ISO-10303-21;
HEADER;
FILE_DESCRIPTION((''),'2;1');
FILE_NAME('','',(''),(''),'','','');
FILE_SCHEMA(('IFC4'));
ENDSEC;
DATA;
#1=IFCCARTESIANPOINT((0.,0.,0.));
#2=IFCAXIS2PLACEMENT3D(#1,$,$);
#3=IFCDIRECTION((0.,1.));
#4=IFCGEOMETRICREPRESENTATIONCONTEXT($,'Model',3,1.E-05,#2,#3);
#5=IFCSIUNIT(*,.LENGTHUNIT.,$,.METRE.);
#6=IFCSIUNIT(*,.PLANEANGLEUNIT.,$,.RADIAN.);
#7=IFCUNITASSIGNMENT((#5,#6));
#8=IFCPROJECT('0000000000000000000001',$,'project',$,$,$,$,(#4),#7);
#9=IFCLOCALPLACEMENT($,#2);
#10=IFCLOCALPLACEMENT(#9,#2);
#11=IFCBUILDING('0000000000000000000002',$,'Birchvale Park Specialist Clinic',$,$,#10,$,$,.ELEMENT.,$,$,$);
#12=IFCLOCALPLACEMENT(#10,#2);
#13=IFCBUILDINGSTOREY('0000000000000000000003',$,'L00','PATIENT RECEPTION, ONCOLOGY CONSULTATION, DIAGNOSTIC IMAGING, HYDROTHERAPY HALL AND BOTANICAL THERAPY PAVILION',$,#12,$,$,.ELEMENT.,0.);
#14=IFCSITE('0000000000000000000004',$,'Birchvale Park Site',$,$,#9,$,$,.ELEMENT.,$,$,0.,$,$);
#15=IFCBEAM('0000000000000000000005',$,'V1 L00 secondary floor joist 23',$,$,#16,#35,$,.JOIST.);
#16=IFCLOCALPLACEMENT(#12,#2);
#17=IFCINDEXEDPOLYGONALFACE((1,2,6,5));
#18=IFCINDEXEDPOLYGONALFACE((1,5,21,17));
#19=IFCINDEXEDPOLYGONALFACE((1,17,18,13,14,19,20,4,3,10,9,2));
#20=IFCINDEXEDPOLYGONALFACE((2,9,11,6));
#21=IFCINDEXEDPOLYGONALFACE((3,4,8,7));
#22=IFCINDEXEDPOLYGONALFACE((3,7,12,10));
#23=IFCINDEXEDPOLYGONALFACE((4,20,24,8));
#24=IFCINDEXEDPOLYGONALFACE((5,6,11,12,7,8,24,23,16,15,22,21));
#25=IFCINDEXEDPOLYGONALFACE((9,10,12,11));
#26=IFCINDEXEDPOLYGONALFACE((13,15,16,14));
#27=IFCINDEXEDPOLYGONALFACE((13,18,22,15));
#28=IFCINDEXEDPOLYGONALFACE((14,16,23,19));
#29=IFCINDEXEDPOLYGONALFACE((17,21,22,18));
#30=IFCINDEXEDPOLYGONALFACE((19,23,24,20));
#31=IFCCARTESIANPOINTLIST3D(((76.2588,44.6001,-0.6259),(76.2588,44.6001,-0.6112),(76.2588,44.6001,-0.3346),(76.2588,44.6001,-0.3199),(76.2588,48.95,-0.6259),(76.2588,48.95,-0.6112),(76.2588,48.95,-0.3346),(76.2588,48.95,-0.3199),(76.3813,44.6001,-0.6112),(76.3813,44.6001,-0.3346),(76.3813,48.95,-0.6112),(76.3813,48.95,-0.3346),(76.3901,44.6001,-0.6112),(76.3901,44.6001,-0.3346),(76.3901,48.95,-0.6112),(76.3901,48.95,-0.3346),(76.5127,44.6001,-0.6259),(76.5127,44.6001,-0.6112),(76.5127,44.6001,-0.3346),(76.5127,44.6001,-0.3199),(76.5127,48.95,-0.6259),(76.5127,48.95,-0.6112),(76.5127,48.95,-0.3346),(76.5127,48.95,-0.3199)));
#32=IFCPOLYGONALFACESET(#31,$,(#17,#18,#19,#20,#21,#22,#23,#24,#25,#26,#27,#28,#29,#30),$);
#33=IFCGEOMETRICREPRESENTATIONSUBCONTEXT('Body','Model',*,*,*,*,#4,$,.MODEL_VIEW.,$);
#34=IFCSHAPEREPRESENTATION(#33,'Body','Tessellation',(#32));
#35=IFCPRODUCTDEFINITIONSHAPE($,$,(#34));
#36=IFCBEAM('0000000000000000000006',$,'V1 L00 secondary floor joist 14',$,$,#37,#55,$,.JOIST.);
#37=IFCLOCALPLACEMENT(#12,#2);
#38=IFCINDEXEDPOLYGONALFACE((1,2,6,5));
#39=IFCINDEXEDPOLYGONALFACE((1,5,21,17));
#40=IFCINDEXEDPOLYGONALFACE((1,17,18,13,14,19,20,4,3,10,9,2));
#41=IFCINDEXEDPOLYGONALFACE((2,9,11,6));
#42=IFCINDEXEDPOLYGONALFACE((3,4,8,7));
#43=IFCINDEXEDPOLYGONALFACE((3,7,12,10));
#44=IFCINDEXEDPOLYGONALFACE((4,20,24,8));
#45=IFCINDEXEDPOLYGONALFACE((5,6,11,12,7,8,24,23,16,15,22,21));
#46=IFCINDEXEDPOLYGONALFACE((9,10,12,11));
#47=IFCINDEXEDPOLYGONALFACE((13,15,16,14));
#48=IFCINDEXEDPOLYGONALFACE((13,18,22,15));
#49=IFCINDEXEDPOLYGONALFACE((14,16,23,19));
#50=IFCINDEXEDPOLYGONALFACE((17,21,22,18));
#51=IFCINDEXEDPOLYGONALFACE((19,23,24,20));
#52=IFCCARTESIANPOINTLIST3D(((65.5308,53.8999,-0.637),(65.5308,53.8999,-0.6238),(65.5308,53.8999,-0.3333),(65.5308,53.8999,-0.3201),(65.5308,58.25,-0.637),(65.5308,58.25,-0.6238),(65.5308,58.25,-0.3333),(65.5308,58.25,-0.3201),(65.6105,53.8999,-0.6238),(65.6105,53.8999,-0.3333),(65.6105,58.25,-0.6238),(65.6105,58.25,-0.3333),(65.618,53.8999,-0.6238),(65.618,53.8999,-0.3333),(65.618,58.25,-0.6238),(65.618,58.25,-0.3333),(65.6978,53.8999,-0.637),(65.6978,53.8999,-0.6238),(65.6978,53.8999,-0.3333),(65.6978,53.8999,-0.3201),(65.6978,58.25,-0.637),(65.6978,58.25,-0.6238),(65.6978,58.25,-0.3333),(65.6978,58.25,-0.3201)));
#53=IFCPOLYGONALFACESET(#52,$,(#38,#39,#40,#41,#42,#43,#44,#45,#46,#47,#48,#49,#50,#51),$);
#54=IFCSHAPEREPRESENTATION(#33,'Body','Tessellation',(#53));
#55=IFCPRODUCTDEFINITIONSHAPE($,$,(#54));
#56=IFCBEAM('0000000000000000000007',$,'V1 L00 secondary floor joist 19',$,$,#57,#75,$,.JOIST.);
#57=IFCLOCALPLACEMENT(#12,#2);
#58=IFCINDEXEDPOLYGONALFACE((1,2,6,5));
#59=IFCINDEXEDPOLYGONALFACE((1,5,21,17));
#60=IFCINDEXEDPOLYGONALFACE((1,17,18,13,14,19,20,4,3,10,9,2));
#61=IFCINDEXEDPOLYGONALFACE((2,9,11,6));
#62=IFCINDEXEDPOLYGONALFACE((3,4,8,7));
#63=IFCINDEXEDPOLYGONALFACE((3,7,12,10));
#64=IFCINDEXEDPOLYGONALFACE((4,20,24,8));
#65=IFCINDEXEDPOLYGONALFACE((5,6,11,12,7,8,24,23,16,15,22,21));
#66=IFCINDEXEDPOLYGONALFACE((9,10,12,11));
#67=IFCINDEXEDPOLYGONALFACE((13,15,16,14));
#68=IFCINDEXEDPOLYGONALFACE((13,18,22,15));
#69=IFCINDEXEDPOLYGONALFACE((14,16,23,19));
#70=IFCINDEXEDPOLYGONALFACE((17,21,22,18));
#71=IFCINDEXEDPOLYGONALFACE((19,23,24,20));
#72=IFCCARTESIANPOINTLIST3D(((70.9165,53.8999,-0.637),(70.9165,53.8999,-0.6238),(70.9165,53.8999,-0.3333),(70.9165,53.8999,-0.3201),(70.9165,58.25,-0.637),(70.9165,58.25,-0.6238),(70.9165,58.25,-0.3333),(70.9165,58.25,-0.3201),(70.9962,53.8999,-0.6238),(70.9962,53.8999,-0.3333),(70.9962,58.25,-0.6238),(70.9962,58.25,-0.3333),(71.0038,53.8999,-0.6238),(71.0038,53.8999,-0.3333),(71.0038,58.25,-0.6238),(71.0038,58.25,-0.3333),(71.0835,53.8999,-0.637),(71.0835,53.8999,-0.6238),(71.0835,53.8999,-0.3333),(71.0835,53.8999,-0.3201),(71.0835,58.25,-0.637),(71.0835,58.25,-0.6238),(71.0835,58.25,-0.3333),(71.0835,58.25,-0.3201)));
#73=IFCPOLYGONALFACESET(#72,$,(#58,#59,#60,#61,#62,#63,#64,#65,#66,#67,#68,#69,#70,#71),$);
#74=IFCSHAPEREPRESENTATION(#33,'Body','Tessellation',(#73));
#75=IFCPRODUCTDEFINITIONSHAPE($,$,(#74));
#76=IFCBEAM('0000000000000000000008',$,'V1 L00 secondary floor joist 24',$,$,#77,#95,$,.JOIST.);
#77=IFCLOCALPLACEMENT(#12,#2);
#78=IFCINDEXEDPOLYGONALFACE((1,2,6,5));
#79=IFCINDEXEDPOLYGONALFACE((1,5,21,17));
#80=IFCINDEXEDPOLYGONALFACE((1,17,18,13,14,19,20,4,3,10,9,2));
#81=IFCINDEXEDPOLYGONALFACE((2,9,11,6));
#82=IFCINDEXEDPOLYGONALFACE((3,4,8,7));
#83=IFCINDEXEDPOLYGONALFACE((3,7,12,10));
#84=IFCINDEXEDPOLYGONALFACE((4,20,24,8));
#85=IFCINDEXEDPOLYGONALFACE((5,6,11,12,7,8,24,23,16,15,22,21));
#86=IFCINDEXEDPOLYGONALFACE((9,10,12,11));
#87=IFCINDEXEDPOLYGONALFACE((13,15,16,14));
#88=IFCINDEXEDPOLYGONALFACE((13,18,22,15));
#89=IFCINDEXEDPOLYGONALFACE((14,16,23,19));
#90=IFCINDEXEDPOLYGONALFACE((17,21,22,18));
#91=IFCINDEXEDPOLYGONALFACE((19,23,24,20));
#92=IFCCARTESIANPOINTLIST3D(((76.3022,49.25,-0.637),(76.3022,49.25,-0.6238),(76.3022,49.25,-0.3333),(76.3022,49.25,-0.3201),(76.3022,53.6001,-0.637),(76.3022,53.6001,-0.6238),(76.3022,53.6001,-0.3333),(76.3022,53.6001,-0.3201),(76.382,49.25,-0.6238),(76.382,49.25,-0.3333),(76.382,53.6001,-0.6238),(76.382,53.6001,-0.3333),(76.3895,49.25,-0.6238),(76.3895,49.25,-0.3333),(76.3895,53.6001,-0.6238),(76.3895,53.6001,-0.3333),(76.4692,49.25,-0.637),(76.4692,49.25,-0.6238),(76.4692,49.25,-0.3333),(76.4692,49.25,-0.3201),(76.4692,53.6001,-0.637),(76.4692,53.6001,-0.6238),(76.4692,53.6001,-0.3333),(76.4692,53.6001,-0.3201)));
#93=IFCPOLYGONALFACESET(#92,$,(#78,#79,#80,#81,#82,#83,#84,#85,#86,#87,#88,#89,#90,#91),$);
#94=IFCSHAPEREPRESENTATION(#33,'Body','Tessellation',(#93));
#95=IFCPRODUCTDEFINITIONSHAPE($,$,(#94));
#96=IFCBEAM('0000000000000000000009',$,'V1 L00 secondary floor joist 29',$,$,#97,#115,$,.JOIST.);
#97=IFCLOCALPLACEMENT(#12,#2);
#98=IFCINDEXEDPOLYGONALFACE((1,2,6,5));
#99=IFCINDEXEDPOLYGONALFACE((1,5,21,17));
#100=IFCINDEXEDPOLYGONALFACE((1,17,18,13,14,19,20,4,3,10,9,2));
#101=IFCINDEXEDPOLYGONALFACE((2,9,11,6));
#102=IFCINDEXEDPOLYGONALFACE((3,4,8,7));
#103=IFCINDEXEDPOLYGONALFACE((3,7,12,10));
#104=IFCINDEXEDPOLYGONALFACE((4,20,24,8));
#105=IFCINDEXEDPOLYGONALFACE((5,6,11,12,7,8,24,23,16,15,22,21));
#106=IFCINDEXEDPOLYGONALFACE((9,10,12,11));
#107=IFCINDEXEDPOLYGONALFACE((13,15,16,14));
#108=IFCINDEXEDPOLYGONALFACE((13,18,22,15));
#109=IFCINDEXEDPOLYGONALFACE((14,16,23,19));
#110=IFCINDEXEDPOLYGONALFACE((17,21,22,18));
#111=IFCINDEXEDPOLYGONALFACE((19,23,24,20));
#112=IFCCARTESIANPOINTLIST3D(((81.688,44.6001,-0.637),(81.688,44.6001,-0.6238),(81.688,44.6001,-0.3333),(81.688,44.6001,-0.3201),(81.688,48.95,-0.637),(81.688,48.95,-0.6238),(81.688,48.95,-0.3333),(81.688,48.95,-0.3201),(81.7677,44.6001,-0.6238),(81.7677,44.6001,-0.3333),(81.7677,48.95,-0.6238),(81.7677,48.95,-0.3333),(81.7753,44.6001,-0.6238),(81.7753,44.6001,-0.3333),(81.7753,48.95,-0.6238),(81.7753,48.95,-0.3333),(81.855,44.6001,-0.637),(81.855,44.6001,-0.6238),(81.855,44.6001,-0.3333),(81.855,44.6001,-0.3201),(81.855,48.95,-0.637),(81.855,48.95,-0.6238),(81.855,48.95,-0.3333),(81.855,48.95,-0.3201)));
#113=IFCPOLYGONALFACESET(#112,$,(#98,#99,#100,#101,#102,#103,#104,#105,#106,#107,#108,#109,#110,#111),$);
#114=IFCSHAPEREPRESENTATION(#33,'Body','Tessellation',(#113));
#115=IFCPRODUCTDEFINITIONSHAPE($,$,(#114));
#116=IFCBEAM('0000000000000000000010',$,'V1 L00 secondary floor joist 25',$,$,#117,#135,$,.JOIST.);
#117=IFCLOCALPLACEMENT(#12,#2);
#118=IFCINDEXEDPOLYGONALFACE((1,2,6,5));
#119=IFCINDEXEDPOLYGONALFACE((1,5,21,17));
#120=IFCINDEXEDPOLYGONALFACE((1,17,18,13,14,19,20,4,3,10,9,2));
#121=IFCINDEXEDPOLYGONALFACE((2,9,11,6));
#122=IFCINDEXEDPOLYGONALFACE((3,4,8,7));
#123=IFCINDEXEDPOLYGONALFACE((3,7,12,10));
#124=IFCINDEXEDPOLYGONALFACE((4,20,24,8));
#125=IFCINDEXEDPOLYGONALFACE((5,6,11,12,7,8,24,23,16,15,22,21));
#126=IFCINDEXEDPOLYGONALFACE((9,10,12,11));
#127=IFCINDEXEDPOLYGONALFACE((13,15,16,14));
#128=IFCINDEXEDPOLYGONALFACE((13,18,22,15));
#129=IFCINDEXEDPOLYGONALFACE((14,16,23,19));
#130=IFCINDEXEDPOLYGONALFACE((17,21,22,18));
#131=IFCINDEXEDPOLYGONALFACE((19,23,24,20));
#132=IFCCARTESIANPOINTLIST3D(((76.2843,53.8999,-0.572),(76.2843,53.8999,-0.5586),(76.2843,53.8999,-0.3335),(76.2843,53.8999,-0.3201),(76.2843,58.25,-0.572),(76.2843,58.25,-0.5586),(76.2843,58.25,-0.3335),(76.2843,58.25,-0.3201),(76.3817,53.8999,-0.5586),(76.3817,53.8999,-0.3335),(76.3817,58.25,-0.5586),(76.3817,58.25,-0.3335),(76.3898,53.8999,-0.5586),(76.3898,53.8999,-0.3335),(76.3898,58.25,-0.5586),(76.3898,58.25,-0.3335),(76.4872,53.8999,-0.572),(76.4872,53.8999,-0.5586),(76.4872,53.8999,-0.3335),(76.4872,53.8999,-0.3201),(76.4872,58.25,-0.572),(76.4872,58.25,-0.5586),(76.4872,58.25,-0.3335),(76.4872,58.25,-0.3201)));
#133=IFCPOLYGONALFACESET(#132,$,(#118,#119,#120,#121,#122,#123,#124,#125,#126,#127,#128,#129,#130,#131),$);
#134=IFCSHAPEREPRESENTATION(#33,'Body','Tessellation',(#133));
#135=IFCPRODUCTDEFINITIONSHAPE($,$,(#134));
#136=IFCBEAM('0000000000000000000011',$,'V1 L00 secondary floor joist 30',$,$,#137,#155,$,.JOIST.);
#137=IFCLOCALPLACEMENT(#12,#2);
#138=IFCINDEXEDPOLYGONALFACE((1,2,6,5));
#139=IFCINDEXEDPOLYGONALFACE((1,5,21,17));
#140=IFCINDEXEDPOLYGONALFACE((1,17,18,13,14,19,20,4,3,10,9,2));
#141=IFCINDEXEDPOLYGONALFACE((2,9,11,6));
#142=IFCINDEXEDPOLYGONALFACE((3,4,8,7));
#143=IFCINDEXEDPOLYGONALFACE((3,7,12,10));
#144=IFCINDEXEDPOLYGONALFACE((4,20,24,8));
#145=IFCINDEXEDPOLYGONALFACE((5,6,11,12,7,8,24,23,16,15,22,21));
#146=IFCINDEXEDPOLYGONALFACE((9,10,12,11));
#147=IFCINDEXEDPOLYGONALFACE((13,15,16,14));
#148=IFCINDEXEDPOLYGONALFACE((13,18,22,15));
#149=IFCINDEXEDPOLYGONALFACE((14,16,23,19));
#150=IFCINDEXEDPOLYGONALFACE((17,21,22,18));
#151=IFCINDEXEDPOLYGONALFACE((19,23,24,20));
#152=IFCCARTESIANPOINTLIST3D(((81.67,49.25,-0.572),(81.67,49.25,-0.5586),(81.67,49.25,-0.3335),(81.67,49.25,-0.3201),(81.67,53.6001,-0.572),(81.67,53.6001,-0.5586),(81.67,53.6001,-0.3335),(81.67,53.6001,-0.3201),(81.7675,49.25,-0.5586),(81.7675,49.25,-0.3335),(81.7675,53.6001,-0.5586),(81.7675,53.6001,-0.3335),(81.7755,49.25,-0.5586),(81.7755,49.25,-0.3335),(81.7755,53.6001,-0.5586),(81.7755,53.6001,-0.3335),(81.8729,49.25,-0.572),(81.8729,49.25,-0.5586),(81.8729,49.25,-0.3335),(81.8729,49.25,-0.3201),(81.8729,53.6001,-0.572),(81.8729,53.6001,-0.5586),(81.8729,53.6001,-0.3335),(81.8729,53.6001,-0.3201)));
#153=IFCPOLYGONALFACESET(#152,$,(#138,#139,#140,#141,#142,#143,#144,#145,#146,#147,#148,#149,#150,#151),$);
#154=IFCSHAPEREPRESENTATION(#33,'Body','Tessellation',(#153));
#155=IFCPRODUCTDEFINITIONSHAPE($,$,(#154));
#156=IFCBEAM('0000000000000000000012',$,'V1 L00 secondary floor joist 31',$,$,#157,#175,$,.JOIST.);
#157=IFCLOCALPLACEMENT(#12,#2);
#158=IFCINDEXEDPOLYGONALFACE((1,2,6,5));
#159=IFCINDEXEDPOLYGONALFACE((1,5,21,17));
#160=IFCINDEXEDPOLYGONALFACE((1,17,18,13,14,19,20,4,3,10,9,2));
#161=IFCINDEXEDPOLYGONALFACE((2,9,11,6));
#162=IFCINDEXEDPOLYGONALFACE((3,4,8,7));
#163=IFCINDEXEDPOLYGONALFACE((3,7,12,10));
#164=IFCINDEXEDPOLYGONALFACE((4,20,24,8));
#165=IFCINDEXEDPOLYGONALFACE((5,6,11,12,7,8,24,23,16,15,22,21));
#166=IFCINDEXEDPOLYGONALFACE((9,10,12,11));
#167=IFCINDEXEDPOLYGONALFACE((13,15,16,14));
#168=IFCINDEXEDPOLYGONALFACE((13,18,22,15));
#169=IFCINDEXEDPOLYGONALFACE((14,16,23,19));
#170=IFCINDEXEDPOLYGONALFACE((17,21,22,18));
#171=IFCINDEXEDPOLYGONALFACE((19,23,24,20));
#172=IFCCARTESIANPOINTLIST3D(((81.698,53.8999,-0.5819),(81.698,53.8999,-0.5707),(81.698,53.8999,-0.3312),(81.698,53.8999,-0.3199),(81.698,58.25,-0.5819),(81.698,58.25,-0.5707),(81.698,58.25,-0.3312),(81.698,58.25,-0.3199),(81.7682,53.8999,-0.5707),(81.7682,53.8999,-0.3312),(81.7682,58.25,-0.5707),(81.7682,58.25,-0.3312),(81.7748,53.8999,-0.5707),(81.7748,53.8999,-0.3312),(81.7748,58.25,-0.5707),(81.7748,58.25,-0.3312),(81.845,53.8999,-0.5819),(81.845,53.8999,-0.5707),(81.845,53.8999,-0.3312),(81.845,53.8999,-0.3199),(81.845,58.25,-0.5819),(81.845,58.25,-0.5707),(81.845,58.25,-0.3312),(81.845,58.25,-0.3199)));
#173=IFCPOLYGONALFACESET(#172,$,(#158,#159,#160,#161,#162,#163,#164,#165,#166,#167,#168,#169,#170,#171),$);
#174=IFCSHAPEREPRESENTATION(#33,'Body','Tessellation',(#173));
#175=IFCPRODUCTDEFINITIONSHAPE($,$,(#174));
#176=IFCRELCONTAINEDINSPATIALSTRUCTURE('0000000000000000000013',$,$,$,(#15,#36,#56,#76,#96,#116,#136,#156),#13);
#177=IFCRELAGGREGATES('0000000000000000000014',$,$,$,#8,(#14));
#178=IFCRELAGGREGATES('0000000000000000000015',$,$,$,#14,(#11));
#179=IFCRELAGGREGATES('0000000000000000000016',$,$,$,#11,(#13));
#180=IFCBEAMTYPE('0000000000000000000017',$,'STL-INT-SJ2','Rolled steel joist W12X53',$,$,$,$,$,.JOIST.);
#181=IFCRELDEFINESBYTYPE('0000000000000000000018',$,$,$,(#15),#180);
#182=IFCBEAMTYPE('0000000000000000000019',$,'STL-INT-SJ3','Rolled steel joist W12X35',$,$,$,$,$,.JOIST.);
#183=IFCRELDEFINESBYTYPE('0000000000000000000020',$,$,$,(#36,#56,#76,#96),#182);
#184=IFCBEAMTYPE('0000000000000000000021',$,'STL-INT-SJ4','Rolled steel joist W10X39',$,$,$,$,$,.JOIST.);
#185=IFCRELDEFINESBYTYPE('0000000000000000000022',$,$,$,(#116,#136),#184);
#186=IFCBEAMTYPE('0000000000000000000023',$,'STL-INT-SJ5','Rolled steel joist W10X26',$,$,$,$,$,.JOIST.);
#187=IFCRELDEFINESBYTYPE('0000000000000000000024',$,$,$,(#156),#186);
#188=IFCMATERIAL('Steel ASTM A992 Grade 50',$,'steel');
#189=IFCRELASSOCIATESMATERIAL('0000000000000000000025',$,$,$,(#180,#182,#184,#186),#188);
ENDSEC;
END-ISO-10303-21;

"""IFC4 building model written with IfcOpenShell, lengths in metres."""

from ifc_helpers import new_model, si_unit, direction, frame, origin, origin_2d, place, context, subcontext, project, spatial, i_section, extrude, material, material_profile, profile_set, type_object, element, save


model = new_model("IFC4")

# Units and contexts
model_context = context("Model", 3, precision=1e-05, world=origin(), true_north=direction((0.0, 1.0)))
body_context = subcontext(model_context, "Body", "Model", "MODEL_VIEW")
ifc_project = project(units=[si_unit("LENGTHUNIT", "METRE"), si_unit("PLANEANGLEUNIT", "RADIAN")], contexts=[model_context])

# Site, building, storey
site_placement = place(None, origin())
site = spatial("IfcSite", under=ifc_project, at=site_placement, Name="Birchvale Park Site", CompositionType="ELEMENT", RefElevation=0.0)
building_placement = place(site_placement, origin())
building = spatial("IfcBuilding", under=site, at=building_placement, Name="Birchvale Park Specialist Clinic", CompositionType="ELEMENT")
storey_placement = place(building_placement, origin())
storey = spatial("IfcBuildingStorey", under=building, at=storey_placement, Name="L00", Description="PATIENT RECEPTION, ONCOLOGY CONSULTATION, DIAGNOSTIC IMAGING, HYDROTHERAPY HALL AND BOTANICAL THERAPY PAVILION", CompositionType="ELEMENT", Elevation=0.0)

# Beams
ifc_material_1 = material(Name="Steel ASTM A992 Grade 50", Category="steel")
ifc_material_profile_1 = material_profile(ifc_material_1, i_section(OverallWidth=0.2539, OverallDepth=0.3059, WebThickness=0.0088, FlangeThickness=0.0146, at=origin_2d()), Name="W12X53")
ifc_profile_set_1 = profile_set([ifc_material_profile_1], Name="Steel ASTM A992 Grade 50")
beam_type_1 = type_object("IfcBeamType", Name="STL-INT-SJ2", Description="Rolled steel joist W12X53", PredefinedType="JOIST", material=ifc_profile_set_1)
beam_1_placement = place(storey_placement, frame((76.3857, 44.6001, -0.4729), z_axis=(0.0, 1.0, 0.0), x_axis=(-1.0, 0.0, 0.0)))
element("IfcBeam", 1, at=beam_1_placement, inside=storey, type_object=beam_type_1, Name="V1 L00 secondary floor joist 23", PredefinedType="JOIST", context=body_context, shape_type="SweptSolid", body=[
    extrude(i_section(OverallWidth=0.2539, OverallDepth=0.3059, WebThickness=0.0088, FlangeThickness=0.0146, at=origin_2d()), origin(), (0.0, 0.0, 1.0), 4.3499),
])
ifc_material_profile_2 = material_profile(ifc_material_1, i_section(OverallWidth=0.167, OverallDepth=0.3169, WebThickness=0.0076, FlangeThickness=0.0132, at=origin_2d()), Name="W12X35")
ifc_profile_set_2 = profile_set([ifc_material_profile_2], Name="Steel ASTM A992 Grade 50")
beam_type_2 = type_object("IfcBeamType", Name="STL-INT-SJ3", Description="Rolled steel joist W12X35", PredefinedType="JOIST", material=ifc_profile_set_2)
for number, where, z_axis, x_axis, name in (
    (2, (65.6143, 53.8999, -0.4785), (0.0, 1.0, 0.0), (-1.0, 0.0, 0.0), "V1 L00 secondary floor joist 14"),
    (3, (71.0, 53.8999, -0.4785), (0.0, 1.0, 0.0), (-1.0, 0.0, 0.0), "V1 L00 secondary floor joist 19"),
    (4, (76.3857, 49.25, -0.4785), (0.0, 1.0, 0.0), (-1.0, 0.0, 0.0), "V1 L00 secondary floor joist 24"),
):
    element("IfcBeam", number, at=place(storey_placement, frame(where, z_axis=z_axis, x_axis=x_axis)), inside=storey, type_object=beam_type_2, Name=name, PredefinedType="JOIST", context=body_context, shape_type="SweptSolid", body=[
        extrude(i_section(OverallWidth=0.167, OverallDepth=0.3169, WebThickness=0.0076, FlangeThickness=0.0132, at=origin_2d()), origin(), (0.0, 0.0, 1.0), 4.3501),
    ])
beam_2_placement = place(storey_placement, frame((81.7715, 44.6001, -0.4785), z_axis=(0.0, 1.0, 0.0), x_axis=(-1.0, 0.0, 0.0)))
element("IfcBeam", 5, at=beam_2_placement, inside=storey, type_object=beam_type_2, Name="V1 L00 secondary floor joist 29", PredefinedType="JOIST", context=body_context, shape_type="SweptSolid", body=[
    extrude(i_section(OverallWidth=0.167, OverallDepth=0.3169, WebThickness=0.0076, FlangeThickness=0.0132, at=origin_2d()), origin(), (0.0, 0.0, 1.0), 4.3499),
])
ifc_material_profile_3 = material_profile(ifc_material_1, i_section(OverallWidth=0.2029, OverallDepth=0.252, WebThickness=0.0081, FlangeThickness=0.0134, at=origin_2d()), Name="W10X39")
ifc_profile_set_3 = profile_set([ifc_material_profile_3], Name="Steel ASTM A992 Grade 50")
beam_type_3 = type_object("IfcBeamType", Name="STL-INT-SJ4", Description="Rolled steel joist W10X39", PredefinedType="JOIST", material=ifc_profile_set_3)
for number, where, z_axis, x_axis, name in (
    (6, (76.3857, 53.8999, -0.446), (0.0, 1.0, 0.0), (-1.0, 0.0, 0.0), "V1 L00 secondary floor joist 25"),
    (7, (81.7715, 49.25, -0.446), (0.0, 1.0, 0.0), (-1.0, 0.0, 0.0), "V1 L00 secondary floor joist 30"),
):
    element("IfcBeam", number, at=place(storey_placement, frame(where, z_axis=z_axis, x_axis=x_axis)), inside=storey, type_object=beam_type_3, Name=name, PredefinedType="JOIST", context=body_context, shape_type="SweptSolid", body=[
        extrude(i_section(OverallWidth=0.2029, OverallDepth=0.252, WebThickness=0.0081, FlangeThickness=0.0134, at=origin_2d()), origin(), (0.0, 0.0, 1.0), 4.3501),
    ])
ifc_material_profile_4 = material_profile(ifc_material_1, i_section(OverallWidth=0.147, OverallDepth=0.262, WebThickness=0.0066, FlangeThickness=0.0112, at=origin_2d()), Name="W10X26")
ifc_profile_set_4 = profile_set([ifc_material_profile_4], Name="Steel ASTM A992 Grade 50")
beam_type_4 = type_object("IfcBeamType", Name="STL-INT-SJ5", Description="Rolled steel joist W10X26", PredefinedType="JOIST", material=ifc_profile_set_4)
beam_3_placement = place(storey_placement, frame((81.7715, 53.8999, -0.4509), z_axis=(0.0, 1.0, 0.0), x_axis=(-1.0, 0.0, 0.0)))
element("IfcBeam", 8, at=beam_3_placement, inside=storey, type_object=beam_type_4, Name="V1 L00 secondary floor joist 31", PredefinedType="JOIST", context=body_context, shape_type="SweptSolid", body=[
    extrude(i_section(OverallWidth=0.147, OverallDepth=0.262, WebThickness=0.0066, FlangeThickness=0.0112, at=origin_2d()), origin(), (0.0, 0.0, 1.0), 4.3501),
])

save(model, "model.ifc")
